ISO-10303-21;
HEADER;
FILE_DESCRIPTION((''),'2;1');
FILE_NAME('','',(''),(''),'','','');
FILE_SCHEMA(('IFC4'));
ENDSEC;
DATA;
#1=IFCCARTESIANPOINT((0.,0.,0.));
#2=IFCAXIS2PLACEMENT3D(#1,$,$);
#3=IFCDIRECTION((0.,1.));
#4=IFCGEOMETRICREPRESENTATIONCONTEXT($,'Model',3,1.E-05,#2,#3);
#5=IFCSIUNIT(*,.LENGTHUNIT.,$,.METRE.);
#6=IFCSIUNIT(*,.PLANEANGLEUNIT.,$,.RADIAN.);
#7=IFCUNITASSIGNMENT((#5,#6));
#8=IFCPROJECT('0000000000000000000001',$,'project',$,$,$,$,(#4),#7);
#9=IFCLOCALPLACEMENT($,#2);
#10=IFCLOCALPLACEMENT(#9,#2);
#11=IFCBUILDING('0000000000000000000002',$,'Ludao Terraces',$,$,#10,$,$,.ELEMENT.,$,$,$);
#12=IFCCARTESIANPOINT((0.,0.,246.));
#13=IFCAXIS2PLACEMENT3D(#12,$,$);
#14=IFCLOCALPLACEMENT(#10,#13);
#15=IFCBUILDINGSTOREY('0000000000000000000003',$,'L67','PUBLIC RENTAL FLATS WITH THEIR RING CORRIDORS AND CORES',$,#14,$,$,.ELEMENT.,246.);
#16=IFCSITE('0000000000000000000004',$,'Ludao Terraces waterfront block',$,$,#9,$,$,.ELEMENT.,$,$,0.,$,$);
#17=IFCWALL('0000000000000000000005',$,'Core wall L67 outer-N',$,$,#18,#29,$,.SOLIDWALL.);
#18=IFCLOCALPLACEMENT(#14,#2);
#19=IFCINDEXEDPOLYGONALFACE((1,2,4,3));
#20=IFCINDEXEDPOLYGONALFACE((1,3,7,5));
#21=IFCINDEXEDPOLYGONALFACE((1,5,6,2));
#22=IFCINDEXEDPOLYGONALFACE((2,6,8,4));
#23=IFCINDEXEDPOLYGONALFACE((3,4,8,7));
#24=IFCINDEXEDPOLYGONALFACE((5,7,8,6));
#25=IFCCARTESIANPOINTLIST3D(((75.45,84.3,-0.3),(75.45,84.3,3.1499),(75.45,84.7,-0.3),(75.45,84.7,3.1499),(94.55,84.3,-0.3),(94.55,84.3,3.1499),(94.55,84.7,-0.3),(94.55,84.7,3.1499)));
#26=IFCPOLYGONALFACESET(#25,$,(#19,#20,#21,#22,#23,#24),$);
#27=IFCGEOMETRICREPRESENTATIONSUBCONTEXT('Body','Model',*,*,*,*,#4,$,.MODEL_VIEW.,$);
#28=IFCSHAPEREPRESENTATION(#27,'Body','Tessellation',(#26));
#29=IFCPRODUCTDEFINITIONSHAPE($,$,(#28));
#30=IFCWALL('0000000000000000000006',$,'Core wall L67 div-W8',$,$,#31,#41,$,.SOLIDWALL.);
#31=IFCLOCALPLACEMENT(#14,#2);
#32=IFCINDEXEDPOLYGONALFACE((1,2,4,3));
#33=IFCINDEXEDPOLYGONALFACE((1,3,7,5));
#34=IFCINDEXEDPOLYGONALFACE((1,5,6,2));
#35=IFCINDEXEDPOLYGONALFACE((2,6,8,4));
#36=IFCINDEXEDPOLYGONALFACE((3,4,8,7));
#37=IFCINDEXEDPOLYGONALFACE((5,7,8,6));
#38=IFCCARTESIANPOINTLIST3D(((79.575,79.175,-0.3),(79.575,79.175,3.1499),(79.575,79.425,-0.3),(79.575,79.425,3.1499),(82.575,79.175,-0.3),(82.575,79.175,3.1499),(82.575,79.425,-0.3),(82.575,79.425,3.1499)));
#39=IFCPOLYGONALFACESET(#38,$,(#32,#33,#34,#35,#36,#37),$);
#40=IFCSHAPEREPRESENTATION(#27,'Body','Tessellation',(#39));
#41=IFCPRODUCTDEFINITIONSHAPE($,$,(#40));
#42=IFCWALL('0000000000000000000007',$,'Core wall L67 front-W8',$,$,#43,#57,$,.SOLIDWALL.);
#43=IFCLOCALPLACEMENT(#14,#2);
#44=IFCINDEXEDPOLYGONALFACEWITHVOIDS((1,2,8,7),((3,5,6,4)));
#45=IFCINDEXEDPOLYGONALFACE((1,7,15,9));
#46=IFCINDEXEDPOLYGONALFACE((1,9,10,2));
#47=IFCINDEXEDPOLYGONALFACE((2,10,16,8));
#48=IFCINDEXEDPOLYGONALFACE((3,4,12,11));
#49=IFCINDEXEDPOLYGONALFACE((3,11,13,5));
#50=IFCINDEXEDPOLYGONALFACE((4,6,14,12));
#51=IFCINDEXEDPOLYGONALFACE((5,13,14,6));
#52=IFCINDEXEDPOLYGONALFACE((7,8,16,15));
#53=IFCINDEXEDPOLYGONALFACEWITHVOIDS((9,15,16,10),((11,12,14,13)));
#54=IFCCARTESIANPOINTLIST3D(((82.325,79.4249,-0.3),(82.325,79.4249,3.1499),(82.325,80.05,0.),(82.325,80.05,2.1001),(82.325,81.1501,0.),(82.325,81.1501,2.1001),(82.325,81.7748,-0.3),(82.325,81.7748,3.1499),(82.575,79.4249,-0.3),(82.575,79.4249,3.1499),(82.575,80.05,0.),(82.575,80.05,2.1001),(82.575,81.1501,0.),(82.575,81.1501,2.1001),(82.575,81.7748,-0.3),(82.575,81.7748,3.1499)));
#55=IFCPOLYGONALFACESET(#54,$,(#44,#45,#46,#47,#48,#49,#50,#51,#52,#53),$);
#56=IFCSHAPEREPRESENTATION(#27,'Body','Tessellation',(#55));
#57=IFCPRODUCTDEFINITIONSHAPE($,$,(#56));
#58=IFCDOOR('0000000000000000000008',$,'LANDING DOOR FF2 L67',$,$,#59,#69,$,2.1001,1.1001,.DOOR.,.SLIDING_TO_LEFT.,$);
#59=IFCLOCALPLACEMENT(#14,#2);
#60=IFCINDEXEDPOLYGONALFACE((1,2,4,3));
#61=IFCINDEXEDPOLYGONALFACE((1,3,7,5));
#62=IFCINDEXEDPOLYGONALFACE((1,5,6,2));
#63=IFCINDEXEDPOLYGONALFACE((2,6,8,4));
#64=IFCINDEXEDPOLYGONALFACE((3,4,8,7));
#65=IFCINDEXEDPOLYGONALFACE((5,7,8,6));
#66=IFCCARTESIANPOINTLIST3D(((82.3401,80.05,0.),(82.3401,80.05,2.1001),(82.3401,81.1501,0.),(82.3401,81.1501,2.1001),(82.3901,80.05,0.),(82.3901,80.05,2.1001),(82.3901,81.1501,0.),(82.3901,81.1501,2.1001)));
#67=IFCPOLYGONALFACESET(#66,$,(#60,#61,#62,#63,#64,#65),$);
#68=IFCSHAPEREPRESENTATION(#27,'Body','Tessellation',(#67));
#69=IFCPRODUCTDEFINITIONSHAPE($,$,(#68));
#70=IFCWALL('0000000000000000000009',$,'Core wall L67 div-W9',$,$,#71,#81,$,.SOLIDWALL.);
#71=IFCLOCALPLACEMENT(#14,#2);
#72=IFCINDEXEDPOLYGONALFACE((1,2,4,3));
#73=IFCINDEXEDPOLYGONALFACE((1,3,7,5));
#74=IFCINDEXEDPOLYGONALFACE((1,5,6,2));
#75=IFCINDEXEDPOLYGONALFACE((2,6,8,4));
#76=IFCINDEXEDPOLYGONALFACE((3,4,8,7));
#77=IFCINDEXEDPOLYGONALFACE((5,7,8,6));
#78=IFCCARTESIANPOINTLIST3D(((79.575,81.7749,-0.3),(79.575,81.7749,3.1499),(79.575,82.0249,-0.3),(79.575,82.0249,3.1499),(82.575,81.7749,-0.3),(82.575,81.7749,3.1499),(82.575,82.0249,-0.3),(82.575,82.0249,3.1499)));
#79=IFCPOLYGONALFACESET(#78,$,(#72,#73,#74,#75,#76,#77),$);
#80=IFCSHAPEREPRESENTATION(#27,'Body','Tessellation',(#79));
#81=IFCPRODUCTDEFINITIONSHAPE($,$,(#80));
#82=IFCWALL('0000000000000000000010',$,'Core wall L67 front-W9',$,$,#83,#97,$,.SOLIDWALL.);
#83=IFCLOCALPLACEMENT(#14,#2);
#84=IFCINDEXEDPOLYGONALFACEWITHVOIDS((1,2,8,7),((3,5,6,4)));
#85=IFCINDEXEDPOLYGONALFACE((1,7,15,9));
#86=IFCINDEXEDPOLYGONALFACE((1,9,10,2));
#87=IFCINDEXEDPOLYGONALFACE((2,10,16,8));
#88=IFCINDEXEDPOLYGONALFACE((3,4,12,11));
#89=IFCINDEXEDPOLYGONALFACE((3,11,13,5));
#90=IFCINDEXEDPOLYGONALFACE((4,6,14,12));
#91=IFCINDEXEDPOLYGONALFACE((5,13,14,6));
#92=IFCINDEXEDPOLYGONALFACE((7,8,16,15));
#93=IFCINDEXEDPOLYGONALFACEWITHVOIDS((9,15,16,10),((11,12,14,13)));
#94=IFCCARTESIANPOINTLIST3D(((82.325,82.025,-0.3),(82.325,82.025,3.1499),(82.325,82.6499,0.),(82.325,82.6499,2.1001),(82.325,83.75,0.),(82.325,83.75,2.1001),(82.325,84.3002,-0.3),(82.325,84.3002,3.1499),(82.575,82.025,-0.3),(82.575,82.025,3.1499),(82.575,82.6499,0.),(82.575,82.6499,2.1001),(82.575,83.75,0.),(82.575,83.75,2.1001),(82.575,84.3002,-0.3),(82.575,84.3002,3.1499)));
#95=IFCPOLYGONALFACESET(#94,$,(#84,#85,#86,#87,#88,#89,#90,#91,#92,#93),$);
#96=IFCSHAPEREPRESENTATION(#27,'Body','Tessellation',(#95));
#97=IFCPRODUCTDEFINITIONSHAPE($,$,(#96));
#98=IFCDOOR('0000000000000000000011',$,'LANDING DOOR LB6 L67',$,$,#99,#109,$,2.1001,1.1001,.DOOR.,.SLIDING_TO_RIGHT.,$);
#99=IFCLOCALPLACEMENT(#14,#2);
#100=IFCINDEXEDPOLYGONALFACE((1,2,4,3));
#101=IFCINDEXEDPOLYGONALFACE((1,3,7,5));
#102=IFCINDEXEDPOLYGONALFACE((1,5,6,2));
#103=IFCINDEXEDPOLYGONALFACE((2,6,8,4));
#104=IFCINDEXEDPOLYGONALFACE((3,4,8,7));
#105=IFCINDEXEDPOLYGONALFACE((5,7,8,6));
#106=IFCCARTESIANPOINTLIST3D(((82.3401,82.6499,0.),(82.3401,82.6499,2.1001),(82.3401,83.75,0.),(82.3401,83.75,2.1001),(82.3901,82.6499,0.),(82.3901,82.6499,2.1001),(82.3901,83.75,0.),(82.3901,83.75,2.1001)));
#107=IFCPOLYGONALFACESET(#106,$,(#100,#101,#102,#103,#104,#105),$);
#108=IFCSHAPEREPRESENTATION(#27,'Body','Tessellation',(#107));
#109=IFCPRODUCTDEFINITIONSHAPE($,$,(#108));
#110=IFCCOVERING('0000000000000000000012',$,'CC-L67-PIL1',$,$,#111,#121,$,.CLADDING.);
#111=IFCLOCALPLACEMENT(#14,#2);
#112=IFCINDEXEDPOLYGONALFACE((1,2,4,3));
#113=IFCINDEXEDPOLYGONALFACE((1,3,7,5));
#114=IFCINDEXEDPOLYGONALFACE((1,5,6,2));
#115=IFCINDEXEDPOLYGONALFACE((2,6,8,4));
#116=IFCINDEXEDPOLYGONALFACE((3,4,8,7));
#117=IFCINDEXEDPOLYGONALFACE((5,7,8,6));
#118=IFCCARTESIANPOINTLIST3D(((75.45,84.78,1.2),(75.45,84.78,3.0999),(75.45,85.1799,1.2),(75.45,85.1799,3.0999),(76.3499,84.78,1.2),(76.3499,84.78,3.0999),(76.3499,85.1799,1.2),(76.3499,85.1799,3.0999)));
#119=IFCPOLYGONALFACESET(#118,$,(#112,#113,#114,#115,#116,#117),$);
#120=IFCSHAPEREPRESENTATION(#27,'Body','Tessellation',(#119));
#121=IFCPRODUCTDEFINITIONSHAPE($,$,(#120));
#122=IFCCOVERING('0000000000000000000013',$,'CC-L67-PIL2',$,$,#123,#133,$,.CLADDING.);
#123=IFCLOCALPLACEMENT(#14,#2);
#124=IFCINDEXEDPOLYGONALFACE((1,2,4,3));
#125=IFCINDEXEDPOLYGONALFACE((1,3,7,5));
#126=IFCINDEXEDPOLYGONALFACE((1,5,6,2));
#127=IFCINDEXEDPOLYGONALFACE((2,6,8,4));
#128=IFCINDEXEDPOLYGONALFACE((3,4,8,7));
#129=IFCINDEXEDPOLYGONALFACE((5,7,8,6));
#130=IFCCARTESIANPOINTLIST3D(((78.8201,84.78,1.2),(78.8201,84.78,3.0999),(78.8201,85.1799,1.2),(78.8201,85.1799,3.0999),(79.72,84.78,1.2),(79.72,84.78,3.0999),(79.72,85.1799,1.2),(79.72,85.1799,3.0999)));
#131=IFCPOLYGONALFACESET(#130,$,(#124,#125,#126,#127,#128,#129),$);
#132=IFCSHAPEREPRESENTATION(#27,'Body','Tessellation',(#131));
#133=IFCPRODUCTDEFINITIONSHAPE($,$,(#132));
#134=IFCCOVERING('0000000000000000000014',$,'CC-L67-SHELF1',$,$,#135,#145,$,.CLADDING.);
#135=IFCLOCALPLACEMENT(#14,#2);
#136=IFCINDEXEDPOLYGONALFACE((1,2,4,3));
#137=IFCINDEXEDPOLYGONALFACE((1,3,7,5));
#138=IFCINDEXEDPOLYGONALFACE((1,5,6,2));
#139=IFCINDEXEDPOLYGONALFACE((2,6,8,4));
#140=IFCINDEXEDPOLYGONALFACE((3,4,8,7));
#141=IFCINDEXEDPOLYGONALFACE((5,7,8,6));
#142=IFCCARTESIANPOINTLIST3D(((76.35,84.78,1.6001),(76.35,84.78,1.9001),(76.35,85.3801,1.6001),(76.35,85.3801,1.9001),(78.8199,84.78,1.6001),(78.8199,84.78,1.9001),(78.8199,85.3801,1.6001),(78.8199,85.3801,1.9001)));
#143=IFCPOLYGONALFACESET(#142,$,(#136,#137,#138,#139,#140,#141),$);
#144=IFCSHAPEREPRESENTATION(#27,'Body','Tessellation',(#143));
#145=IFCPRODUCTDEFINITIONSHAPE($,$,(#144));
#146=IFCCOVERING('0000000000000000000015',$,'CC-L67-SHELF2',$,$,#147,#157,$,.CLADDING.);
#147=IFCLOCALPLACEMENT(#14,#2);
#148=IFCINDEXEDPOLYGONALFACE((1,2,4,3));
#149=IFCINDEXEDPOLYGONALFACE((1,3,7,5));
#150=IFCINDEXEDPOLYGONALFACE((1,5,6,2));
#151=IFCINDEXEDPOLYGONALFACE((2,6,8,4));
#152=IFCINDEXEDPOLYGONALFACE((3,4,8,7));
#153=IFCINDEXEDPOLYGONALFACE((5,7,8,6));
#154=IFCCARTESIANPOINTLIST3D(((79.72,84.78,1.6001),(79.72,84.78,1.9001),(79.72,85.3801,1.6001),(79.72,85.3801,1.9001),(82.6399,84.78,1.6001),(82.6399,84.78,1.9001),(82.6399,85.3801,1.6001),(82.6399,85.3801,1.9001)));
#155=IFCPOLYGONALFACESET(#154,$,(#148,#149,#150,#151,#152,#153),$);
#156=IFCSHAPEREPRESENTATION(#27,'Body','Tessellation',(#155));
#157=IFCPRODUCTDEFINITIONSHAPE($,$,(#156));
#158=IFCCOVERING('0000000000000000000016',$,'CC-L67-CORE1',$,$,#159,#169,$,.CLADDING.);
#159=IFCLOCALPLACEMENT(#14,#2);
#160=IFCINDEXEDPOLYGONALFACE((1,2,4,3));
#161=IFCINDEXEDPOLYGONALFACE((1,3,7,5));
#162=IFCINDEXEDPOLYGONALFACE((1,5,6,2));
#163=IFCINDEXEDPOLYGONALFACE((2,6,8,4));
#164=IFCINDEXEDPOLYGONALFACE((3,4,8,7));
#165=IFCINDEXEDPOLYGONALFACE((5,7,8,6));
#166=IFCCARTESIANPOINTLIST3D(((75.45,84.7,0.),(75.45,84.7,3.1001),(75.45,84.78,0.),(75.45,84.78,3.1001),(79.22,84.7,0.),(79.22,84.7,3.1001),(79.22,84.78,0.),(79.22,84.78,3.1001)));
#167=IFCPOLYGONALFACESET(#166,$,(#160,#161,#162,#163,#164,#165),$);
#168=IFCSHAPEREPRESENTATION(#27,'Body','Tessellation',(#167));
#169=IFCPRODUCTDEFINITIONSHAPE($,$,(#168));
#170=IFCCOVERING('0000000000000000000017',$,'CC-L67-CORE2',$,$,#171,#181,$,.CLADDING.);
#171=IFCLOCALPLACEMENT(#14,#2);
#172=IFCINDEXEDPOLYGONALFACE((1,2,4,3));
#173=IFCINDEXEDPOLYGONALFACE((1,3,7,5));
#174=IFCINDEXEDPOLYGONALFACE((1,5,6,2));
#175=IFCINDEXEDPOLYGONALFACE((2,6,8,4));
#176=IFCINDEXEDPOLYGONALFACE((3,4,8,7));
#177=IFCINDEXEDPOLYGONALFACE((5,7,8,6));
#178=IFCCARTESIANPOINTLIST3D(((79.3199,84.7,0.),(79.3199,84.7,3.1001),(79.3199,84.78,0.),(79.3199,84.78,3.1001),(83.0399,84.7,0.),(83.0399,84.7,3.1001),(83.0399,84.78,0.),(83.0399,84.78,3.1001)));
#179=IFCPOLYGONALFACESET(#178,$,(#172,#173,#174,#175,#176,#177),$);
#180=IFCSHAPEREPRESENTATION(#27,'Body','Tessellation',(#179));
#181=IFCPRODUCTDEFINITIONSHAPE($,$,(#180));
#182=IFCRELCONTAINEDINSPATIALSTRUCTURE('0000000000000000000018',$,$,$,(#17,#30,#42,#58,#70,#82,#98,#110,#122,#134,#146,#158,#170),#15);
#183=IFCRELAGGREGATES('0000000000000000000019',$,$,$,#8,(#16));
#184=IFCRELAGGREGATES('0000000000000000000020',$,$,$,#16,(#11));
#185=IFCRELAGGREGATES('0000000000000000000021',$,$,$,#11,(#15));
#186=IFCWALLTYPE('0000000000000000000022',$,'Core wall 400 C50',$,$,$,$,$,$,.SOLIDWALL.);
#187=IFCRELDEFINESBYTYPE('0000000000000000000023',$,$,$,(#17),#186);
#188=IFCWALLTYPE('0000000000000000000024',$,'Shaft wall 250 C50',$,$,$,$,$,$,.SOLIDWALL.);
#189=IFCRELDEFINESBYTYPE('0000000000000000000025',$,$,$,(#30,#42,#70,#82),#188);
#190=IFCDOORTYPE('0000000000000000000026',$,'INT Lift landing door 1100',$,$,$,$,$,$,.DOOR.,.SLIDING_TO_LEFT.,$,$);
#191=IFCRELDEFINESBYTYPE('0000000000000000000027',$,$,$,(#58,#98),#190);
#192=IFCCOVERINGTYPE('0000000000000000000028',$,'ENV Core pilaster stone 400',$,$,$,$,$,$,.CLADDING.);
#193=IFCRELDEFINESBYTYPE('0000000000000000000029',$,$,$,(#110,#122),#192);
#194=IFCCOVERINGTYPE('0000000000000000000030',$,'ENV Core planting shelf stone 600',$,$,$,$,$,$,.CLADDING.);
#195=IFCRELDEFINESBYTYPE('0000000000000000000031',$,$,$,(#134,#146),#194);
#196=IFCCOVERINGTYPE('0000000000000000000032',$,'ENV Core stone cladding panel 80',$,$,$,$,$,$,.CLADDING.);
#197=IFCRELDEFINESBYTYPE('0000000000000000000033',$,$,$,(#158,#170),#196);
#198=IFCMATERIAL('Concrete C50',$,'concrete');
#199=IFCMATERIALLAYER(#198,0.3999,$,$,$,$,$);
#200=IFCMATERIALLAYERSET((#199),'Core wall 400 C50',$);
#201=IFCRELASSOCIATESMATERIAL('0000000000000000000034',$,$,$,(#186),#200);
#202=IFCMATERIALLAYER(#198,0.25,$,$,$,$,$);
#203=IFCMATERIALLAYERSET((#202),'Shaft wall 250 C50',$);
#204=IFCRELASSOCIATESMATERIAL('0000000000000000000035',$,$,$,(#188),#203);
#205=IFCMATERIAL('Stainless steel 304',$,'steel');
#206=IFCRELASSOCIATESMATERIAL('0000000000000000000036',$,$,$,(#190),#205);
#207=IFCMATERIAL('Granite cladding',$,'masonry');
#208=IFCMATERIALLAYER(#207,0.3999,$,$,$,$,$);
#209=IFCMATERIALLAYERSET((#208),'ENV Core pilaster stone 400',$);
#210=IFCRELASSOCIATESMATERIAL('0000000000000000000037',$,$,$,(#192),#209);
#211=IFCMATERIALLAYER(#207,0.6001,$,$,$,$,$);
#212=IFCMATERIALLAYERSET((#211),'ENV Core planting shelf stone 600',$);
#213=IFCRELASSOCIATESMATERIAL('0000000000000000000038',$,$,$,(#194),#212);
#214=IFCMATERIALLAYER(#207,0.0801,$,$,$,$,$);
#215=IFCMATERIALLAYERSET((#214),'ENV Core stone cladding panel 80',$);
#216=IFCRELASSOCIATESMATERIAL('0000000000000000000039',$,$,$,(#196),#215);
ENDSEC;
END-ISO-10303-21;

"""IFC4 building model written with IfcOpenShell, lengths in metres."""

from ifc_helpers import new_model, si_unit, direction, frame, frame_2d, origin, origin_2d, place, context, subcontext, project, spatial, rectangle, extrude, material, layer, layer_set, type_object, element, fill, save


model = new_model("IFC4")

# Units and contexts
model_context = context("Model", 3, precision=1e-05, world=origin(), true_north=direction((0.0, 1.0)))
body_context = subcontext(model_context, "Body", "Model", "MODEL_VIEW")
ifc_project = project(units=[si_unit("LENGTHUNIT", "METRE"), si_unit("PLANEANGLEUNIT", "RADIAN")], contexts=[model_context])

# Site, building, storey
site_placement = place(None, origin())
site = spatial("IfcSite", under=ifc_project, at=site_placement, Name="Ludao Terraces waterfront block", CompositionType="ELEMENT", RefElevation=0.0)
building_placement = place(site_placement, origin())
building = spatial("IfcBuilding", under=site, at=building_placement, Name="Ludao Terraces", CompositionType="ELEMENT")
storey_placement = place(building_placement, frame((0.0, 0.0, 246.0)))
storey = spatial("IfcBuildingStorey", under=building, at=storey_placement, Name="L67", Description="PUBLIC RENTAL FLATS WITH THEIR RING CORRIDORS AND CORES", CompositionType="ELEMENT", Elevation=246.0)

# Walls
ifc_material_1 = material(Name="Concrete C50", Category="concrete")
ifc_layer_1 = layer(ifc_material_1, 0.3999)
ifc_layer_set_1 = layer_set([ifc_layer_1], Name="Core wall 400 C50")
wall_type_1 = type_object("IfcWallType", Name="Core wall 400 C50", PredefinedType="SOLIDWALL", material=ifc_layer_set_1)
wall_1_placement = place(storey_placement, frame((75.45, 84.5, -0.3), z_axis=(0.0, 0.0, 1.0), x_axis=(1.0, 0.0, 0.0)))
element("IfcWall", 1, at=wall_1_placement, inside=storey, type_object=wall_type_1, Name="Core wall L67 outer-N", PredefinedType="SOLIDWALL", context=body_context, shape_type="SweptSolid", body=[
    extrude(rectangle(XDim=19.1001, YDim=0.3999, at=frame_2d((9.55, 0.0))), origin(), (0.0, 0.0, 1.0), 3.45),
])
ifc_layer_2 = layer(ifc_material_1, 0.25)
ifc_layer_set_2 = layer_set([ifc_layer_2], Name="Shaft wall 250 C50")
wall_type_2 = type_object("IfcWallType", Name="Shaft wall 250 C50", PredefinedType="SOLIDWALL", material=ifc_layer_set_2)
wall_2_placement = place(storey_placement, frame((79.575, 79.3, -0.3), z_axis=(0.0, 0.0, 1.0), x_axis=(1.0, 0.0, 0.0)))
element("IfcWall", 2, at=wall_2_placement, inside=storey, type_object=wall_type_2, Name="Core wall L67 div-W8", PredefinedType="SOLIDWALL", context=body_context, shape_type="SweptSolid", body=[
    extrude(rectangle(XDim=3.0, YDim=0.25, at=frame_2d((1.5, 0.0))), origin(), (0.0, 0.0, 1.0), 3.45),
])

# Wall, opening, door
wall_3_placement = place(storey_placement, frame((82.45, 79.425, -0.3), z_axis=(0.0, 0.0, 1.0), x_axis=(0.0, 1.0, 0.0)))
wall_3 = element("IfcWall", 3, at=wall_3_placement, inside=storey, type_object=wall_type_2, Name="Core wall L67 front-W8", PredefinedType="SOLIDWALL", context=body_context, shape_type="SweptSolid", body=[
    extrude(rectangle(XDim=2.3499, YDim=0.25, at=frame_2d((1.1748, 0.0))), origin(), (0.0, 0.0, 1.0), 3.45),
])
opening_1_placement = place(wall_3_placement, frame((0.625, 0.0, 0.3)))
opening_1 = element("IfcOpeningElement", 4, at=opening_1_placement, cuts=wall_3, PredefinedType="OPENING", context=body_context, shape_type="SweptSolid", body=[
    extrude(rectangle(XDim=1.1001, YDim=2.1001, at=frame_2d((0.55, 1.05))), frame((0.0, 0.135, 0.0), z_axis=(0.0, -1.0, 0.0), x_axis=(1.0, 0.0, 0.0)), (0.0, 0.0, 1.0), 0.27),
])
ifc_material_2 = material(Name="Stainless steel 304", Category="steel")
door_type = type_object("IfcDoorType", Name="INT Lift landing door 1100", OperationType="SLIDING_TO_LEFT", PredefinedType="DOOR", material=ifc_material_2)
door_1_placement = place(opening_1_placement, origin())
door_1 = element("IfcDoor", 5, at=door_1_placement, inside=storey, type_object=door_type, Name="LANDING DOOR FF2 L67", OperationType="SLIDING_TO_LEFT", OverallHeight=2.1001, OverallWidth=1.1001, PredefinedType="DOOR", context=body_context, shape_type="SweptSolid", body=[
    extrude(rectangle(XDim=1.1001, YDim=2.1001, at=frame_2d((0.55, 1.05))), frame((0.0, 0.1099, 0.0), z_axis=(0.0, -1.0, 0.0), x_axis=(1.0, 0.0, 0.0)), (0.0, 0.0, 1.0), 0.05),
])
fill(opening_1, door_1)

# Wall
wall_4_placement = place(storey_placement, frame((79.575, 81.8999, -0.3), z_axis=(0.0, 0.0, 1.0), x_axis=(1.0, 0.0, 0.0)))
element("IfcWall", 6, at=wall_4_placement, inside=storey, type_object=wall_type_2, Name="Core wall L67 div-W9", PredefinedType="SOLIDWALL", context=body_context, shape_type="SweptSolid", body=[
    extrude(rectangle(XDim=3.0, YDim=0.25, at=frame_2d((1.5, 0.0))), origin(), (0.0, 0.0, 1.0), 3.45),
])

# Wall, opening, door
wall_5_placement = place(storey_placement, frame((82.45, 82.0249, -0.3), z_axis=(0.0, 0.0, 1.0), x_axis=(0.0, 1.0, 0.0)))
wall_5 = element("IfcWall", 7, at=wall_5_placement, inside=storey, type_object=wall_type_2, Name="Core wall L67 front-W9", PredefinedType="SOLIDWALL", context=body_context, shape_type="SweptSolid", body=[
    extrude(rectangle(XDim=2.2751, YDim=0.25, at=frame_2d((1.1377, 0.0))), origin(), (0.0, 0.0, 1.0), 3.45),
])
opening_2_placement = place(wall_5_placement, frame((0.625, 0.0, 0.3)))
opening_2 = element("IfcOpeningElement", 8, at=opening_2_placement, cuts=wall_5, PredefinedType="OPENING", context=body_context, shape_type="SweptSolid", body=[
    extrude(rectangle(XDim=1.1001, YDim=2.1001, at=frame_2d((0.55, 1.05))), frame((0.0, 0.135, 0.0), z_axis=(0.0, -1.0, 0.0), x_axis=(1.0, 0.0, 0.0)), (0.0, 0.0, 1.0), 0.27),
])
door_2_placement = place(opening_2_placement, origin())
door_2 = element("IfcDoor", 9, at=door_2_placement, inside=storey, type_object=door_type, Name="LANDING DOOR LB6 L67", OperationType="SLIDING_TO_RIGHT", OverallHeight=2.1001, OverallWidth=1.1001, PredefinedType="DOOR", context=body_context, shape_type="SweptSolid", body=[
    extrude(rectangle(XDim=1.1001, YDim=2.1001, at=frame_2d((0.55, 1.05))), frame((0.0, 0.1099, 0.0), z_axis=(0.0, -1.0, 0.0), x_axis=(1.0, 0.0, 0.0)), (0.0, 0.0, 1.0), 0.05),
])
fill(opening_2, door_2)

# Coverings
ifc_material_3 = material(Name="Granite cladding", Category="masonry")
ifc_layer_3 = layer(ifc_material_3, 0.3999)
ifc_layer_set_3 = layer_set([ifc_layer_3], Name="ENV Core pilaster stone 400")
covering_type_1 = type_object("IfcCoveringType", Name="ENV Core pilaster stone 400", PredefinedType="CLADDING", material=ifc_layer_set_3)
for number, where, z_axis, x_axis, name in (
    (10, (75.8999, 84.98, 1.2), (0.0, 0.0, 1.0), (1.0, 0.0, 0.0), "CC-L67-PIL1"),
    (11, (79.27, 84.98, 1.2), (0.0, 0.0, 1.0), (1.0, 0.0, 0.0), "CC-L67-PIL2"),
):
    element("IfcCovering", number, at=place(storey_placement, frame(where, z_axis=z_axis, x_axis=x_axis)), inside=storey, type_object=covering_type_1, Name=name, PredefinedType="CLADDING", context=body_context, shape_type="SweptSolid", body=[
        extrude(rectangle(XDim=0.8999, YDim=0.3999, at=origin_2d()), origin(), (0.0, 0.0, 1.0), 1.8999),
    ])
ifc_layer_4 = layer(ifc_material_3, 0.6001)
ifc_layer_set_4 = layer_set([ifc_layer_4], Name="ENV Core planting shelf stone 600")
covering_type_2 = type_object("IfcCoveringType", Name="ENV Core planting shelf stone 600", PredefinedType="CLADDING", material=ifc_layer_set_4)
covering_1_placement = place(storey_placement, frame((77.585, 85.0801, 1.6001), z_axis=(0.0, 0.0, 1.0), x_axis=(1.0, 0.0, 0.0)))
element("IfcCovering", 12, at=covering_1_placement, inside=storey, type_object=covering_type_2, Name="CC-L67-SHELF1", PredefinedType="CLADDING", context=body_context, shape_type="SweptSolid", body=[
    extrude(rectangle(XDim=2.47, YDim=0.6001, at=origin_2d()), origin(), (0.0, 0.0, 1.0), 0.3),
])
covering_2_placement = place(storey_placement, frame((81.1799, 85.0801, 1.6001), z_axis=(0.0, 0.0, 1.0), x_axis=(1.0, 0.0, 0.0)))
element("IfcCovering", 13, at=covering_2_placement, inside=storey, type_object=covering_type_2, Name="CC-L67-SHELF2", PredefinedType="CLADDING", context=body_context, shape_type="SweptSolid", body=[
    extrude(rectangle(XDim=2.9199, YDim=0.6001, at=origin_2d()), origin(), (0.0, 0.0, 1.0), 0.3),
])
ifc_layer_5 = layer(ifc_material_3, 0.0801)
ifc_layer_set_5 = layer_set([ifc_layer_5], Name="ENV Core stone cladding panel 80")
covering_type_3 = type_object("IfcCoveringType", Name="ENV Core stone cladding panel 80", PredefinedType="CLADDING", material=ifc_layer_set_5)
covering_3_placement = place(storey_placement, frame((77.335, 84.74, 0.0), z_axis=(0.0, 0.0, 1.0), x_axis=(1.0, 0.0, 0.0)))
element("IfcCovering", 14, at=covering_3_placement, inside=storey, type_object=covering_type_3, Name="CC-L67-CORE1", PredefinedType="CLADDING", context=body_context, shape_type="SweptSolid", body=[
    extrude(rectangle(XDim=3.77, YDim=0.0801, at=origin_2d()), origin(), (0.0, 0.0, 1.0), 3.1001),
])
covering_4_placement = place(storey_placement, frame((81.1799, 84.74, 0.0), z_axis=(0.0, 0.0, 1.0), x_axis=(1.0, 0.0, 0.0)))
element("IfcCovering", 15, at=covering_4_placement, inside=storey, type_object=covering_type_3, Name="CC-L67-CORE2", PredefinedType="CLADDING", context=body_context, shape_type="SweptSolid", body=[
    extrude(rectangle(XDim=3.72, YDim=0.0801, at=origin_2d()), origin(), (0.0, 0.0, 1.0), 3.1001),
])

save(model, "model.ifc")
